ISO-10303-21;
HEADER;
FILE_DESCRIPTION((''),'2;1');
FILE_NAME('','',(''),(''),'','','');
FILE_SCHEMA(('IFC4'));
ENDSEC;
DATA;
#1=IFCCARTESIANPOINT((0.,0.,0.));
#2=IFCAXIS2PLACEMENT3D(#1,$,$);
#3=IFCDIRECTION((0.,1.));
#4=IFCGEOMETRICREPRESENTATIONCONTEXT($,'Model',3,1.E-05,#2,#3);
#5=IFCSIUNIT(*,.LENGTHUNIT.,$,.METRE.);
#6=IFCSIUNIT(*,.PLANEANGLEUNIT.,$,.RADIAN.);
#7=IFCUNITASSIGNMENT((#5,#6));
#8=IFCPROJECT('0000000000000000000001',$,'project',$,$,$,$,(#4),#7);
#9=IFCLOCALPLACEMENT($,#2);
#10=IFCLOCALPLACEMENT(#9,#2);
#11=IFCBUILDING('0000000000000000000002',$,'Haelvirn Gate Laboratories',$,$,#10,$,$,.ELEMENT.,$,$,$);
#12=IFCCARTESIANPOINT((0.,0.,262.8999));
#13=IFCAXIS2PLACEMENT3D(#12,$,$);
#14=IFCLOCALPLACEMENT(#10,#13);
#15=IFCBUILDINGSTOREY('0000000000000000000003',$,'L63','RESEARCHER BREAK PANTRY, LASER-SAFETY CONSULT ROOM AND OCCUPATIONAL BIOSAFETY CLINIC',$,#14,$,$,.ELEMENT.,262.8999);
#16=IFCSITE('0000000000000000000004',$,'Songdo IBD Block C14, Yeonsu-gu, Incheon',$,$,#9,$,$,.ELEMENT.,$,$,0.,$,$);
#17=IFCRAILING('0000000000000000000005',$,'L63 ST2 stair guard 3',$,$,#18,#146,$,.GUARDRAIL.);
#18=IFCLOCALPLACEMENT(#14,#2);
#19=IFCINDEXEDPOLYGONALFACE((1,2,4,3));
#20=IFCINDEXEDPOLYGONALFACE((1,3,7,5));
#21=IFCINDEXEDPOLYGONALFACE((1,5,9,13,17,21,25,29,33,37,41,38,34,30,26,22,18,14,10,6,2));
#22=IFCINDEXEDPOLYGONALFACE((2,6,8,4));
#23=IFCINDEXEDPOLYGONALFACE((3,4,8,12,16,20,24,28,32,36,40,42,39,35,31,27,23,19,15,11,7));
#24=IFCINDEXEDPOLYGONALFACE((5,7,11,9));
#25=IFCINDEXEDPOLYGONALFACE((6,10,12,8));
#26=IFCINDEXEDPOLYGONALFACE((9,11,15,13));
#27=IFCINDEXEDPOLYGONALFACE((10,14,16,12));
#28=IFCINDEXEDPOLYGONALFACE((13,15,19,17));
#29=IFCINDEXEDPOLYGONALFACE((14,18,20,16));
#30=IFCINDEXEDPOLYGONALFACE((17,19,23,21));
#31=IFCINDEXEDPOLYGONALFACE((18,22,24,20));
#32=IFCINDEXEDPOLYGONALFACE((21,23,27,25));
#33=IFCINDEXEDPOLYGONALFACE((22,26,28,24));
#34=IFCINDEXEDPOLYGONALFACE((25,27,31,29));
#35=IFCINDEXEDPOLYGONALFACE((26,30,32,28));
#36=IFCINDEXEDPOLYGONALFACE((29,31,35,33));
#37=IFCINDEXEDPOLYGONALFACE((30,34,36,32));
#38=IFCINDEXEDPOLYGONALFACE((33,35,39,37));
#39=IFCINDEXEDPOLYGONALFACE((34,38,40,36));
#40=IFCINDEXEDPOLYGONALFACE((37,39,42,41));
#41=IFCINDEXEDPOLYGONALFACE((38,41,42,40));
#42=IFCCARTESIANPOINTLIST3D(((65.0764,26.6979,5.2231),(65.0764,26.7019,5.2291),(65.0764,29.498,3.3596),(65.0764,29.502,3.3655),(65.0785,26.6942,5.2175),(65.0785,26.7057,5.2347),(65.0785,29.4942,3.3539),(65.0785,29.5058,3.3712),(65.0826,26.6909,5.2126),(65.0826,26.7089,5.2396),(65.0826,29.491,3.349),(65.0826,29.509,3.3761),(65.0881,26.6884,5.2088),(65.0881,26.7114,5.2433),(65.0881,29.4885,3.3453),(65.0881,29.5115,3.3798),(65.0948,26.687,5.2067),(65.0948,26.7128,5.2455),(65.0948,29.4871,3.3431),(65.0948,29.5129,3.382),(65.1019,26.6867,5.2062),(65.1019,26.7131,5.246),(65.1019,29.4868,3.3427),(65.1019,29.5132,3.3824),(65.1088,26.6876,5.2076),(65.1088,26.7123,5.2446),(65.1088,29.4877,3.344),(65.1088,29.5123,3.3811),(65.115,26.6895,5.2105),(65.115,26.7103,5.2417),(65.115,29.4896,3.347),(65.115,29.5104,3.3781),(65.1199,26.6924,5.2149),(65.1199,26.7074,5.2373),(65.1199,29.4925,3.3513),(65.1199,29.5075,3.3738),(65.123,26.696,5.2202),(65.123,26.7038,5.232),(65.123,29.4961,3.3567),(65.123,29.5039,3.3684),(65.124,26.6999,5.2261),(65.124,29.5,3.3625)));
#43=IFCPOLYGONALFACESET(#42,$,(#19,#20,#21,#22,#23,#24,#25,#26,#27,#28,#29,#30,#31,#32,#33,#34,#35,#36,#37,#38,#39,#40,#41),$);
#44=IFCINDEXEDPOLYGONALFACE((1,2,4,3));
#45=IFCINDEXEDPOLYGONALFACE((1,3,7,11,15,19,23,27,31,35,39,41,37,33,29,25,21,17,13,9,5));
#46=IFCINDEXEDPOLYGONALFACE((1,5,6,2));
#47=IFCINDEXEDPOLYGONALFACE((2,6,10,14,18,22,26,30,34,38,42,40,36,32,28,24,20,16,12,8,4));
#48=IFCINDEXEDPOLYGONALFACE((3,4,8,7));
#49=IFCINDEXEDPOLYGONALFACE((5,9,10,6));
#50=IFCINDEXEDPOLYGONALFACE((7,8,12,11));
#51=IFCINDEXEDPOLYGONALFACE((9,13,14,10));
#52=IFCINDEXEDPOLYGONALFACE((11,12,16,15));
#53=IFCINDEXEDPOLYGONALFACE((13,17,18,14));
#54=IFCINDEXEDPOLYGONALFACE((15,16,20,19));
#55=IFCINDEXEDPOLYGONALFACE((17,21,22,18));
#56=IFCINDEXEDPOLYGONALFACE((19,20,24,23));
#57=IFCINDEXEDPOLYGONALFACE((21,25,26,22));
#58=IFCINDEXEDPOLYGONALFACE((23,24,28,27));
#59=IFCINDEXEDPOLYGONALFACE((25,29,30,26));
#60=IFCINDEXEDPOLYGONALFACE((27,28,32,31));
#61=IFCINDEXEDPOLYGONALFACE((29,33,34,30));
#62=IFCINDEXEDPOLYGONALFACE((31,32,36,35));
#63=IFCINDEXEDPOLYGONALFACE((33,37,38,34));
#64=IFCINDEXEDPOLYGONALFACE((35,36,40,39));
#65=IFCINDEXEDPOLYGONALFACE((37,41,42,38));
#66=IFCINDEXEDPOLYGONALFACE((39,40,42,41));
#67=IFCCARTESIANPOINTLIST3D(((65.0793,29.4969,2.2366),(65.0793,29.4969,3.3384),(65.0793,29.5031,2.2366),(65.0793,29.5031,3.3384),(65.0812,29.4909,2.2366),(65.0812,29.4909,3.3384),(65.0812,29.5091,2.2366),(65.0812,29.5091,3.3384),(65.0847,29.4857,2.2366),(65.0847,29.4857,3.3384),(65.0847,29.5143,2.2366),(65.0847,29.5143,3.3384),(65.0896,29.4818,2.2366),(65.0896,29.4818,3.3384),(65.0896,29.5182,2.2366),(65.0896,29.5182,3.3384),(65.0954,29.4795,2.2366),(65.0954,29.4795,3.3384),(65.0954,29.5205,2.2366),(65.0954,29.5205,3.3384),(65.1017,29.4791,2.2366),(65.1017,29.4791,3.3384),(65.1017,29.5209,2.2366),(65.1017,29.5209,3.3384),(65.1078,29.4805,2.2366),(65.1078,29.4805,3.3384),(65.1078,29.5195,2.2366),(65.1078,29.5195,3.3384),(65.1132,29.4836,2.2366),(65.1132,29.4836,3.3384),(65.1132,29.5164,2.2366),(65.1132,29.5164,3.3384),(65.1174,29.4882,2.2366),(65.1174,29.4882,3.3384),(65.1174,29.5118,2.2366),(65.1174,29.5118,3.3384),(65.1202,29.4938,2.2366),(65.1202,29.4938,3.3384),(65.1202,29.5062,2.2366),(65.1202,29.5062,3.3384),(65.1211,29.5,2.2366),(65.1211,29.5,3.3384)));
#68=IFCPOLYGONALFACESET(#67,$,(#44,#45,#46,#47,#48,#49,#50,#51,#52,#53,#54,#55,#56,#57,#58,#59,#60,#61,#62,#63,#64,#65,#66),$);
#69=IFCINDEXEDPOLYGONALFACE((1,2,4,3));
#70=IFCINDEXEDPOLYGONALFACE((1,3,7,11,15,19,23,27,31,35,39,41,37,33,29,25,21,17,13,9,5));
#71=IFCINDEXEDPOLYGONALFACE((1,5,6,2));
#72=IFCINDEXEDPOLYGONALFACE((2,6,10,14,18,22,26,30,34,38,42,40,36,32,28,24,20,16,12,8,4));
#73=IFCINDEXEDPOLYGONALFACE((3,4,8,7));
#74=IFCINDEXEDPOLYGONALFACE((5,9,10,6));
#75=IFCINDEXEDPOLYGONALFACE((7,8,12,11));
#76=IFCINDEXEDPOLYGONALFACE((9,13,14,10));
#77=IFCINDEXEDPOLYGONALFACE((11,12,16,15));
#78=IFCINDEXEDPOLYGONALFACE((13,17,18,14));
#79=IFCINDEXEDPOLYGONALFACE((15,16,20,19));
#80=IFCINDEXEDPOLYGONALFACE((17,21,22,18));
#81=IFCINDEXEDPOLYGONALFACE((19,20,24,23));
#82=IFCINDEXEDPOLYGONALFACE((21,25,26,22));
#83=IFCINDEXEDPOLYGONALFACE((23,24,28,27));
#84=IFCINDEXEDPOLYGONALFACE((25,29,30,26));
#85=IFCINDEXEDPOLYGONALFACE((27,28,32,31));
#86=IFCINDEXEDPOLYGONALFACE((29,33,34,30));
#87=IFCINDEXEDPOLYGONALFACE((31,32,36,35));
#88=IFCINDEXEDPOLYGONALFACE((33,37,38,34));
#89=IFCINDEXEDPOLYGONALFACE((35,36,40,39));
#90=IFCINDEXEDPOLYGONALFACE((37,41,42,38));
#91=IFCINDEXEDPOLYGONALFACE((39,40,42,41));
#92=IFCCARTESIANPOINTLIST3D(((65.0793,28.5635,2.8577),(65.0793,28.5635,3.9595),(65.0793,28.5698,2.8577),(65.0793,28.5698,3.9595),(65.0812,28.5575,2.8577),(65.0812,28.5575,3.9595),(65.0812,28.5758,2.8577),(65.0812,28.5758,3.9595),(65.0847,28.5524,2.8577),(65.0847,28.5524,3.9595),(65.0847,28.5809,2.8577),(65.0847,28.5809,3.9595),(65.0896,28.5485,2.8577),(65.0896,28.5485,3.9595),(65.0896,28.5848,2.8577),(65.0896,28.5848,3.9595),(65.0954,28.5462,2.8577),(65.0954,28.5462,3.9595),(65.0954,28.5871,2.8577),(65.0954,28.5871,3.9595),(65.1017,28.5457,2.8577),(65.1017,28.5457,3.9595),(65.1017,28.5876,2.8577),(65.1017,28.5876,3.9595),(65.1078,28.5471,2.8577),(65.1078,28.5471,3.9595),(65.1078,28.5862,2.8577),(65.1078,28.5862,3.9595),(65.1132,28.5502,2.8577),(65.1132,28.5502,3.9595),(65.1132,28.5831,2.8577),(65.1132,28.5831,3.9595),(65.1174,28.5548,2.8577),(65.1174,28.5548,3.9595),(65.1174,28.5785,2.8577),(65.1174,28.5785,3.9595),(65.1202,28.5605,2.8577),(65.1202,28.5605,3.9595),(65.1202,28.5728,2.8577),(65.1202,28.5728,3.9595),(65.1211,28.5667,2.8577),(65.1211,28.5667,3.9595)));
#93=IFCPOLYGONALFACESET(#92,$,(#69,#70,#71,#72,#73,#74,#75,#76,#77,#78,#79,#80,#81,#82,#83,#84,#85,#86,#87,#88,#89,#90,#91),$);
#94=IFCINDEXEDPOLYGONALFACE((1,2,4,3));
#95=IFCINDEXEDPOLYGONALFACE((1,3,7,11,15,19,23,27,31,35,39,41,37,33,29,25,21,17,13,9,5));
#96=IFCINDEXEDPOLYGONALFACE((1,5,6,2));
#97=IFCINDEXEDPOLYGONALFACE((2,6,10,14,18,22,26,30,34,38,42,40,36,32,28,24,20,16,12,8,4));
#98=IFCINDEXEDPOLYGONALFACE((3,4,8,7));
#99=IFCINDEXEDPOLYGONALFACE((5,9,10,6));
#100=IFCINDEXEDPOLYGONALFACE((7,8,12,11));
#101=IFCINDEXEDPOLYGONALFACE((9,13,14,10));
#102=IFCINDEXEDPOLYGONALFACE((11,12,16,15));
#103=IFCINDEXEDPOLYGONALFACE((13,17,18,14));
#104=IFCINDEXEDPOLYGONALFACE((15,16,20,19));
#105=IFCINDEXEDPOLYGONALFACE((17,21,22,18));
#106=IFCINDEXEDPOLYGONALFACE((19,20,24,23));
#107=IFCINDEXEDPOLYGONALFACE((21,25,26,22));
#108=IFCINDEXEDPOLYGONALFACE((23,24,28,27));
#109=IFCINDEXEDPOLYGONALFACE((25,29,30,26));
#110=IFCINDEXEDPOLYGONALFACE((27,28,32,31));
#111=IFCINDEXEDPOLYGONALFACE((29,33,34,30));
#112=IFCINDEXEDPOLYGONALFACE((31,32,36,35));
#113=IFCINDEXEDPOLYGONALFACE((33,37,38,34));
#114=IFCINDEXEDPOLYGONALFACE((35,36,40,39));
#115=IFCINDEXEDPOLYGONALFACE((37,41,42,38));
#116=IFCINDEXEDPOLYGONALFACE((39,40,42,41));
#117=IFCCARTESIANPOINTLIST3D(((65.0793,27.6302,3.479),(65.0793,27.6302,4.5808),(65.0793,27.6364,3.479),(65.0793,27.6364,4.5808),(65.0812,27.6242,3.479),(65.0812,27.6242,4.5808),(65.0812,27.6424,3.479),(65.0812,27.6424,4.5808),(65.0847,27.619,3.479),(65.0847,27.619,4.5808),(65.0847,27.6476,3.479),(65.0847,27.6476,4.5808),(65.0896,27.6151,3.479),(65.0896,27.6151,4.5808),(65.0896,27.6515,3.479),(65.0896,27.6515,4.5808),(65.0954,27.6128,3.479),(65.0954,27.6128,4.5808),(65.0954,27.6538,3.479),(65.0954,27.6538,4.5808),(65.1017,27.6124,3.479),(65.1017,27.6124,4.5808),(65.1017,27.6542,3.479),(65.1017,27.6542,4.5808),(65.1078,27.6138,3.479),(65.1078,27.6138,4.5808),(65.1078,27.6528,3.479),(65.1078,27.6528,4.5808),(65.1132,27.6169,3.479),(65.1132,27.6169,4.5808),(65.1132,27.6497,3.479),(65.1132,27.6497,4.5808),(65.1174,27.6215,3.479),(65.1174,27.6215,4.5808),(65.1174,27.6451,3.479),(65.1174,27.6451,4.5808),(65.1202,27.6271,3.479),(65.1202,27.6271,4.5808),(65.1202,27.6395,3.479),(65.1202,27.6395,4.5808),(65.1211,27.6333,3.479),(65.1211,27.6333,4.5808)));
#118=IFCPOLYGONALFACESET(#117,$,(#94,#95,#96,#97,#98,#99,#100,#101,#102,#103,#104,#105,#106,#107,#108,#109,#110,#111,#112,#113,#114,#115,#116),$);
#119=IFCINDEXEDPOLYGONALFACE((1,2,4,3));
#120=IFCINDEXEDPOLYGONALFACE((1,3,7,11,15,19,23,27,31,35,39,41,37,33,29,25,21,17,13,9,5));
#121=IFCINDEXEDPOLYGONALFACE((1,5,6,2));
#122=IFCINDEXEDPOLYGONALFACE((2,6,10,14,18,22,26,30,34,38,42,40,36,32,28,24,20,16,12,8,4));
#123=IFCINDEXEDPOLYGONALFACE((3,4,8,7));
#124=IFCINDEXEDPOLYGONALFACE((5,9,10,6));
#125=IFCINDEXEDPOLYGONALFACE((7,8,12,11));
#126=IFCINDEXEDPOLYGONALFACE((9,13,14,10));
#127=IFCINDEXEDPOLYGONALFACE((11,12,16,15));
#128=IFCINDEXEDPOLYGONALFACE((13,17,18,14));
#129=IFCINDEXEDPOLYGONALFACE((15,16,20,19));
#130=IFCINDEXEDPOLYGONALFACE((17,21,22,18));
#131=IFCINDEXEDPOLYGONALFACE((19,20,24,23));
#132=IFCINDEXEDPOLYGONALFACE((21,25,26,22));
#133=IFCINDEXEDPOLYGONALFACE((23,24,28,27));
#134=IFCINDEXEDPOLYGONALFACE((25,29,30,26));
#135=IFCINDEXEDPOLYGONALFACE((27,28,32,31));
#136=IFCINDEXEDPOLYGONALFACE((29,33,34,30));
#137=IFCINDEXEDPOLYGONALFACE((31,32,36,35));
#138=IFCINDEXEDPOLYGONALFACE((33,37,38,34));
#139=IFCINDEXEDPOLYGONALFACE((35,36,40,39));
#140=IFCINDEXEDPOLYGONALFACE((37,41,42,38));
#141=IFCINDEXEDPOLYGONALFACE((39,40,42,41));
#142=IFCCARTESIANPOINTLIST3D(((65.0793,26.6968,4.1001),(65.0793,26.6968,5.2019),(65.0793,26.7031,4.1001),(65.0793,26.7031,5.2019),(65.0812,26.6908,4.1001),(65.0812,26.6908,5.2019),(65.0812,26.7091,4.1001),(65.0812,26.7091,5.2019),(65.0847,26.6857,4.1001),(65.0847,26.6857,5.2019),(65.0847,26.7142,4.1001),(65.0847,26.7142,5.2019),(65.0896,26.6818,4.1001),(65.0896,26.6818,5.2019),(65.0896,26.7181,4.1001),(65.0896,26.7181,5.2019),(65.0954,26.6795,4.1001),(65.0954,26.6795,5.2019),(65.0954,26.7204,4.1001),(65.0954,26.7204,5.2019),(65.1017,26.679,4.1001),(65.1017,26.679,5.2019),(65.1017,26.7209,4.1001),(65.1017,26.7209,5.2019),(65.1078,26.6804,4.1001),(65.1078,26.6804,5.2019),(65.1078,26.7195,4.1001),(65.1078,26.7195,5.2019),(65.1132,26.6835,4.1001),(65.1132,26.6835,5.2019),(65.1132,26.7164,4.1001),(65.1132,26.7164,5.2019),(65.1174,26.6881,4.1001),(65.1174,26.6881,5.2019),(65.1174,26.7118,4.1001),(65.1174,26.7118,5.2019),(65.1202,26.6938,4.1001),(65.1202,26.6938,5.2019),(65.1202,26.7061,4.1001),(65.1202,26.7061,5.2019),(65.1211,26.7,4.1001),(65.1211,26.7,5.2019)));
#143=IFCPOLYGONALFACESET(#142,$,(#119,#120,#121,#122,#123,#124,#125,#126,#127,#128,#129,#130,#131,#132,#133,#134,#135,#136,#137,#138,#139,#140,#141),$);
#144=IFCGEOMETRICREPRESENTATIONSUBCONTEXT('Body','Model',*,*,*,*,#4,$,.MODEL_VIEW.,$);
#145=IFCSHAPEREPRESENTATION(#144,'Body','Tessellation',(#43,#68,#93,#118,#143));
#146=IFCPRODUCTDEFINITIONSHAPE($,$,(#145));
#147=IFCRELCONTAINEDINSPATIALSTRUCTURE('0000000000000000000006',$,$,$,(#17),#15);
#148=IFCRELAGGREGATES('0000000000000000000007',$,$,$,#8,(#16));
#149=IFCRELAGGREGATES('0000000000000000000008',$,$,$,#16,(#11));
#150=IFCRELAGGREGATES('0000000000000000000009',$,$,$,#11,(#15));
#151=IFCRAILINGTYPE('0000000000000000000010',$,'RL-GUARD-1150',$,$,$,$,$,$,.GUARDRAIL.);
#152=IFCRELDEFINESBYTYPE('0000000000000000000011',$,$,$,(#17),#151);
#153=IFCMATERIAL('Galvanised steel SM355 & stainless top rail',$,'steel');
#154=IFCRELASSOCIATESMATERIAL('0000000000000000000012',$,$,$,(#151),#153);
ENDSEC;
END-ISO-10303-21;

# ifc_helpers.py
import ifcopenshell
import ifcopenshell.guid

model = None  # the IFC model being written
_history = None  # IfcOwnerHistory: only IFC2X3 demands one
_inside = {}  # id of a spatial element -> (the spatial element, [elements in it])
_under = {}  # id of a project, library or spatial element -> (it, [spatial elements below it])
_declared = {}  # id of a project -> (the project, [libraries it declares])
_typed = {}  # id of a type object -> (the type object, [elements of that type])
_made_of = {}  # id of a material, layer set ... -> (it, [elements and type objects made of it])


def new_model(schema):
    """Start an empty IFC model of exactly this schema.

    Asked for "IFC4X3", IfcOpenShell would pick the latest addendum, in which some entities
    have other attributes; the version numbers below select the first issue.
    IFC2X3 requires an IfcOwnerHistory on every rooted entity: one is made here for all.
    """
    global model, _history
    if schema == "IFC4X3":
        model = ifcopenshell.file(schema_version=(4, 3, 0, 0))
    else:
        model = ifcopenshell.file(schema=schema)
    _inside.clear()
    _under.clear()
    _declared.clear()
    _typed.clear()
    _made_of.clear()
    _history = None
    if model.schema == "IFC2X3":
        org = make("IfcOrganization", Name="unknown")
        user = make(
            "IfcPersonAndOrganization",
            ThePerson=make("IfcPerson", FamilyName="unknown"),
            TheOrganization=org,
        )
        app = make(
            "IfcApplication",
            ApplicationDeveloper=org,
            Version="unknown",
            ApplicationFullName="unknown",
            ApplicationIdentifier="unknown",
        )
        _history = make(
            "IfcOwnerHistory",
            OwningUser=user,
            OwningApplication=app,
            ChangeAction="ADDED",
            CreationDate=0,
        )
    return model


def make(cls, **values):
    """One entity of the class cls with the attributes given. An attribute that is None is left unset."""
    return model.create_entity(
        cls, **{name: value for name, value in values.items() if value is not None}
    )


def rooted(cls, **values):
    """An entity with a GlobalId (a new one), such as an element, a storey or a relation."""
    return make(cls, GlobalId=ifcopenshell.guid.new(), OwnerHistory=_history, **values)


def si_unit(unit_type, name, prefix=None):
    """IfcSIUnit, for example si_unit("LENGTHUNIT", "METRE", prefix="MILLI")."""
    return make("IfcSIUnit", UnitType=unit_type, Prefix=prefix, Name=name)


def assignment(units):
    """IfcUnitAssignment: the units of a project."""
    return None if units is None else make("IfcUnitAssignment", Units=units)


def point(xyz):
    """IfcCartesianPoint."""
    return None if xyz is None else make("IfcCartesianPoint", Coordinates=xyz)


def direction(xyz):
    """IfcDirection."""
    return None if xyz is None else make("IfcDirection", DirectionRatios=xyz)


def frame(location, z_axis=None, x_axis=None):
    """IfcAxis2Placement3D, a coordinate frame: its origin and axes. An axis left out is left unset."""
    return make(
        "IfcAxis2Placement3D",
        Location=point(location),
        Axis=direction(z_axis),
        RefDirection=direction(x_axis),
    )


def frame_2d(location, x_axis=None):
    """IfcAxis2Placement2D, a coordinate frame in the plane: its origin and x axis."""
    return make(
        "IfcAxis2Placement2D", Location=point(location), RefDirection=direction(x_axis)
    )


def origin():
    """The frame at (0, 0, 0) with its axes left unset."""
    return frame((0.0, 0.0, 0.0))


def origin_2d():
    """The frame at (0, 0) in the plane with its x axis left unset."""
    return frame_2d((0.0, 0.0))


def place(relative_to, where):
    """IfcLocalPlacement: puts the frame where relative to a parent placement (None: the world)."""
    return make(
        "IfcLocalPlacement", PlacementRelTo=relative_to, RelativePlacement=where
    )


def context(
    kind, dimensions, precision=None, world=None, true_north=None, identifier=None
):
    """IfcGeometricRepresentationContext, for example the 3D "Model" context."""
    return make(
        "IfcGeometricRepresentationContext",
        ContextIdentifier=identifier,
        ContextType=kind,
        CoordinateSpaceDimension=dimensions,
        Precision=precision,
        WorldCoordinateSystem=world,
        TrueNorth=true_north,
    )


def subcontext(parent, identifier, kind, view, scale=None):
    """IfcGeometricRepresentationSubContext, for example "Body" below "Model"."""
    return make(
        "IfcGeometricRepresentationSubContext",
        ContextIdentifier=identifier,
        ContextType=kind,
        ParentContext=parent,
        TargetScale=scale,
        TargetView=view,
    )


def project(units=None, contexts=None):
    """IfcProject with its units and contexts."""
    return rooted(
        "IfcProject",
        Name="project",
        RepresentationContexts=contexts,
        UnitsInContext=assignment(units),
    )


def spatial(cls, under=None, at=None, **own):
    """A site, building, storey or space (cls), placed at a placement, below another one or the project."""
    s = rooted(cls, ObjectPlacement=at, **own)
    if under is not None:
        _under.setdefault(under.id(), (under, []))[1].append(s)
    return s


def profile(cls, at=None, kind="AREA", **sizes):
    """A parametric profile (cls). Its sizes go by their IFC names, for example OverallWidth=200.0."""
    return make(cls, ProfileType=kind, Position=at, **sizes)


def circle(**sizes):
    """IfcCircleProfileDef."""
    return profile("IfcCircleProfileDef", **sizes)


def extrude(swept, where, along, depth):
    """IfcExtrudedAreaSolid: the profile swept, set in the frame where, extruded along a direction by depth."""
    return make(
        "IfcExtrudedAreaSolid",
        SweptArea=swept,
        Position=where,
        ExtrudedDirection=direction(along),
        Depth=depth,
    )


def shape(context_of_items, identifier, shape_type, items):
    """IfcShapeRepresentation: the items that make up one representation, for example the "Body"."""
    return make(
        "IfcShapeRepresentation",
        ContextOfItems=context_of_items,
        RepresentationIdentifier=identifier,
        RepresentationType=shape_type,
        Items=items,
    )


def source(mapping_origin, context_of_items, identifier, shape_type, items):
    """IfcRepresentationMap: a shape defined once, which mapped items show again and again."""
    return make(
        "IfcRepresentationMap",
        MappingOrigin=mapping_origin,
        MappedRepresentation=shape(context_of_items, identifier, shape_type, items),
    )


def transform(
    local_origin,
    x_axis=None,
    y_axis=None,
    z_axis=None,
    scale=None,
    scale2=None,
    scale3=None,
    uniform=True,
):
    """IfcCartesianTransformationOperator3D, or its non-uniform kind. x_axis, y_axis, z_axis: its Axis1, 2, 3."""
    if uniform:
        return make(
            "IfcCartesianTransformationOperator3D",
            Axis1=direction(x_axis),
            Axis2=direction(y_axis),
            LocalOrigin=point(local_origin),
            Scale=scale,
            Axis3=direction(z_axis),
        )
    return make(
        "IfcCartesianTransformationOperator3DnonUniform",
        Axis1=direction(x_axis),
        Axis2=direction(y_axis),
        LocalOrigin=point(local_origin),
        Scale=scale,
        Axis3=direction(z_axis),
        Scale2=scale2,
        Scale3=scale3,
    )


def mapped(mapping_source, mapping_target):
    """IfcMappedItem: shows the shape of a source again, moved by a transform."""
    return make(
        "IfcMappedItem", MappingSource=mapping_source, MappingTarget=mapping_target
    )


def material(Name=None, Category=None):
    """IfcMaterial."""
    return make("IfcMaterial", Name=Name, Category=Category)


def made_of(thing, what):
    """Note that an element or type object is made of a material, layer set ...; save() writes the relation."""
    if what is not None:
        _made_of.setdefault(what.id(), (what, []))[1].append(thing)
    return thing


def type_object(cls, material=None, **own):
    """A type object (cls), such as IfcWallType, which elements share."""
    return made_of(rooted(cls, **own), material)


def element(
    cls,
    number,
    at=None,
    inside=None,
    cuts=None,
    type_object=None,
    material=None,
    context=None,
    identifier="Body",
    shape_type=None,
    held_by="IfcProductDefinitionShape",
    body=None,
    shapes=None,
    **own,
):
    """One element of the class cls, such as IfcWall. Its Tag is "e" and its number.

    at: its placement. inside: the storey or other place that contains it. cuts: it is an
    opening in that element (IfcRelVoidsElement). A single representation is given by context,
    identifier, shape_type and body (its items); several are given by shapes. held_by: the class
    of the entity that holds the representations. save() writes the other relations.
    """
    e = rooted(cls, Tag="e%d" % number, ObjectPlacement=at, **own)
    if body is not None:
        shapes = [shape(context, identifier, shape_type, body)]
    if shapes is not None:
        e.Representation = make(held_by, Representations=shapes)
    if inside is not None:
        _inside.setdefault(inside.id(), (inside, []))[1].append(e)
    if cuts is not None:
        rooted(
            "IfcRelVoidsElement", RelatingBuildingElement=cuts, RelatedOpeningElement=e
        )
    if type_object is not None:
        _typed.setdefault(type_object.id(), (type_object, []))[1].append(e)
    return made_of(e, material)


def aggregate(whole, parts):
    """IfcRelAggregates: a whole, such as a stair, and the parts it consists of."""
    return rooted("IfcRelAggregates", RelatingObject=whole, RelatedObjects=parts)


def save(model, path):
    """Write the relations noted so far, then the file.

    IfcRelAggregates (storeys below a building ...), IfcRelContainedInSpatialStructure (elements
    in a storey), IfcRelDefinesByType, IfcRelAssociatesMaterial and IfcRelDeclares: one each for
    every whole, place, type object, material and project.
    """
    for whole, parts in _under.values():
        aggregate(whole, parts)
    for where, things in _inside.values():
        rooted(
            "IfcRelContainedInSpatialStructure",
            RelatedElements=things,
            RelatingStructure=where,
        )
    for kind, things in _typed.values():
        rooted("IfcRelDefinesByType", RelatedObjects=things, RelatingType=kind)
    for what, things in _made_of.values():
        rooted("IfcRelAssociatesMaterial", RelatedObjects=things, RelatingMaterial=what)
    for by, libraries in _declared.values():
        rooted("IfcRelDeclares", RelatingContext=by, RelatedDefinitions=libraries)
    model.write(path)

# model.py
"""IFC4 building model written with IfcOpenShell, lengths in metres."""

from ifc_helpers import new_model, si_unit, direction, frame, origin, origin_2d, place, context, subcontext, project, spatial, circle, extrude, source, transform, mapped, material, type_object, element, save


model = new_model("IFC4")

# Units and contexts
model_context = context("Model", 3, precision=1e-05, world=origin(), true_north=direction((0.0, 1.0)))
body_context = subcontext(model_context, "Body", "Model", "MODEL_VIEW")
ifc_project = project(units=[si_unit("LENGTHUNIT", "METRE"), si_unit("PLANEANGLEUNIT", "RADIAN")], contexts=[model_context])

# Site, building, storey
site_placement = place(None, origin())
site = spatial("IfcSite", under=ifc_project, at=site_placement, Name="Songdo IBD Block C14, Yeonsu-gu, Incheon", CompositionType="ELEMENT", RefElevation=0.0)
building_placement = place(site_placement, origin())
building = spatial("IfcBuilding", under=site, at=building_placement, Name="Haelvirn Gate Laboratories", CompositionType="ELEMENT")
storey_placement = place(building_placement, frame((0.0, 0.0, 262.8999)))
storey = spatial("IfcBuildingStorey", under=building, at=storey_placement, Name="L63", Description="RESEARCHER BREAK PANTRY, LASER-SAFETY CONSULT ROOM AND OCCUPATIONAL BIOSAFETY CLINIC", CompositionType="ELEMENT", Elevation=262.8999)

# Railing
ifc_material_1 = material(Name="Galvanised steel SM355 & stainless top rail", Category="steel")
railing_type_1 = type_object("IfcRailingType", Name="RL-GUARD-1150", PredefinedType="GUARDRAIL", material=ifc_material_1)
shared_shape_1 = source(origin(), body_context, "Body", "SweptSolid", [
    extrude(circle(Radius=0.0239, at=origin_2d()), frame((0.0, 0.0, 1.126), z_axis=(0.0, -0.832486, 0.554047), x_axis=(1.0, 0.0, 0.0)), (0.0, 0.0, 1.0), 3.3635),
    extrude(circle(Radius=0.021, at=origin_2d()), origin(), (0.0, 0.0, 1.0), 1.1018),
    extrude(circle(Radius=0.021, at=origin_2d()), frame((0.0, -0.9333, 0.6211)), (0.0, 0.0, 1.0), 1.1018),
    extrude(circle(Radius=0.021, at=origin_2d()), frame((0.0, -1.8667, 1.2424)), (0.0, 0.0, 1.0), 1.1018),
    extrude(circle(Radius=0.021, at=origin_2d()), frame((0.0, -2.8, 1.8635)), (0.0, 0.0, 1.0), 1.1018),
])
railing_1_placement = place(storey_placement, frame((65.1001, 29.5, 2.2366)))
element("IfcRailing", 1, at=railing_1_placement, inside=storey, type_object=railing_type_1, Name="L63 ST2 stair guard 3", PredefinedType="GUARDRAIL", context=body_context, shape_type="MappedRepresentation", body=[
    mapped(shared_shape_1, transform((0.0, 0.0, 0.0), scale=1.0)),
])

save(model, "model.ifc")
